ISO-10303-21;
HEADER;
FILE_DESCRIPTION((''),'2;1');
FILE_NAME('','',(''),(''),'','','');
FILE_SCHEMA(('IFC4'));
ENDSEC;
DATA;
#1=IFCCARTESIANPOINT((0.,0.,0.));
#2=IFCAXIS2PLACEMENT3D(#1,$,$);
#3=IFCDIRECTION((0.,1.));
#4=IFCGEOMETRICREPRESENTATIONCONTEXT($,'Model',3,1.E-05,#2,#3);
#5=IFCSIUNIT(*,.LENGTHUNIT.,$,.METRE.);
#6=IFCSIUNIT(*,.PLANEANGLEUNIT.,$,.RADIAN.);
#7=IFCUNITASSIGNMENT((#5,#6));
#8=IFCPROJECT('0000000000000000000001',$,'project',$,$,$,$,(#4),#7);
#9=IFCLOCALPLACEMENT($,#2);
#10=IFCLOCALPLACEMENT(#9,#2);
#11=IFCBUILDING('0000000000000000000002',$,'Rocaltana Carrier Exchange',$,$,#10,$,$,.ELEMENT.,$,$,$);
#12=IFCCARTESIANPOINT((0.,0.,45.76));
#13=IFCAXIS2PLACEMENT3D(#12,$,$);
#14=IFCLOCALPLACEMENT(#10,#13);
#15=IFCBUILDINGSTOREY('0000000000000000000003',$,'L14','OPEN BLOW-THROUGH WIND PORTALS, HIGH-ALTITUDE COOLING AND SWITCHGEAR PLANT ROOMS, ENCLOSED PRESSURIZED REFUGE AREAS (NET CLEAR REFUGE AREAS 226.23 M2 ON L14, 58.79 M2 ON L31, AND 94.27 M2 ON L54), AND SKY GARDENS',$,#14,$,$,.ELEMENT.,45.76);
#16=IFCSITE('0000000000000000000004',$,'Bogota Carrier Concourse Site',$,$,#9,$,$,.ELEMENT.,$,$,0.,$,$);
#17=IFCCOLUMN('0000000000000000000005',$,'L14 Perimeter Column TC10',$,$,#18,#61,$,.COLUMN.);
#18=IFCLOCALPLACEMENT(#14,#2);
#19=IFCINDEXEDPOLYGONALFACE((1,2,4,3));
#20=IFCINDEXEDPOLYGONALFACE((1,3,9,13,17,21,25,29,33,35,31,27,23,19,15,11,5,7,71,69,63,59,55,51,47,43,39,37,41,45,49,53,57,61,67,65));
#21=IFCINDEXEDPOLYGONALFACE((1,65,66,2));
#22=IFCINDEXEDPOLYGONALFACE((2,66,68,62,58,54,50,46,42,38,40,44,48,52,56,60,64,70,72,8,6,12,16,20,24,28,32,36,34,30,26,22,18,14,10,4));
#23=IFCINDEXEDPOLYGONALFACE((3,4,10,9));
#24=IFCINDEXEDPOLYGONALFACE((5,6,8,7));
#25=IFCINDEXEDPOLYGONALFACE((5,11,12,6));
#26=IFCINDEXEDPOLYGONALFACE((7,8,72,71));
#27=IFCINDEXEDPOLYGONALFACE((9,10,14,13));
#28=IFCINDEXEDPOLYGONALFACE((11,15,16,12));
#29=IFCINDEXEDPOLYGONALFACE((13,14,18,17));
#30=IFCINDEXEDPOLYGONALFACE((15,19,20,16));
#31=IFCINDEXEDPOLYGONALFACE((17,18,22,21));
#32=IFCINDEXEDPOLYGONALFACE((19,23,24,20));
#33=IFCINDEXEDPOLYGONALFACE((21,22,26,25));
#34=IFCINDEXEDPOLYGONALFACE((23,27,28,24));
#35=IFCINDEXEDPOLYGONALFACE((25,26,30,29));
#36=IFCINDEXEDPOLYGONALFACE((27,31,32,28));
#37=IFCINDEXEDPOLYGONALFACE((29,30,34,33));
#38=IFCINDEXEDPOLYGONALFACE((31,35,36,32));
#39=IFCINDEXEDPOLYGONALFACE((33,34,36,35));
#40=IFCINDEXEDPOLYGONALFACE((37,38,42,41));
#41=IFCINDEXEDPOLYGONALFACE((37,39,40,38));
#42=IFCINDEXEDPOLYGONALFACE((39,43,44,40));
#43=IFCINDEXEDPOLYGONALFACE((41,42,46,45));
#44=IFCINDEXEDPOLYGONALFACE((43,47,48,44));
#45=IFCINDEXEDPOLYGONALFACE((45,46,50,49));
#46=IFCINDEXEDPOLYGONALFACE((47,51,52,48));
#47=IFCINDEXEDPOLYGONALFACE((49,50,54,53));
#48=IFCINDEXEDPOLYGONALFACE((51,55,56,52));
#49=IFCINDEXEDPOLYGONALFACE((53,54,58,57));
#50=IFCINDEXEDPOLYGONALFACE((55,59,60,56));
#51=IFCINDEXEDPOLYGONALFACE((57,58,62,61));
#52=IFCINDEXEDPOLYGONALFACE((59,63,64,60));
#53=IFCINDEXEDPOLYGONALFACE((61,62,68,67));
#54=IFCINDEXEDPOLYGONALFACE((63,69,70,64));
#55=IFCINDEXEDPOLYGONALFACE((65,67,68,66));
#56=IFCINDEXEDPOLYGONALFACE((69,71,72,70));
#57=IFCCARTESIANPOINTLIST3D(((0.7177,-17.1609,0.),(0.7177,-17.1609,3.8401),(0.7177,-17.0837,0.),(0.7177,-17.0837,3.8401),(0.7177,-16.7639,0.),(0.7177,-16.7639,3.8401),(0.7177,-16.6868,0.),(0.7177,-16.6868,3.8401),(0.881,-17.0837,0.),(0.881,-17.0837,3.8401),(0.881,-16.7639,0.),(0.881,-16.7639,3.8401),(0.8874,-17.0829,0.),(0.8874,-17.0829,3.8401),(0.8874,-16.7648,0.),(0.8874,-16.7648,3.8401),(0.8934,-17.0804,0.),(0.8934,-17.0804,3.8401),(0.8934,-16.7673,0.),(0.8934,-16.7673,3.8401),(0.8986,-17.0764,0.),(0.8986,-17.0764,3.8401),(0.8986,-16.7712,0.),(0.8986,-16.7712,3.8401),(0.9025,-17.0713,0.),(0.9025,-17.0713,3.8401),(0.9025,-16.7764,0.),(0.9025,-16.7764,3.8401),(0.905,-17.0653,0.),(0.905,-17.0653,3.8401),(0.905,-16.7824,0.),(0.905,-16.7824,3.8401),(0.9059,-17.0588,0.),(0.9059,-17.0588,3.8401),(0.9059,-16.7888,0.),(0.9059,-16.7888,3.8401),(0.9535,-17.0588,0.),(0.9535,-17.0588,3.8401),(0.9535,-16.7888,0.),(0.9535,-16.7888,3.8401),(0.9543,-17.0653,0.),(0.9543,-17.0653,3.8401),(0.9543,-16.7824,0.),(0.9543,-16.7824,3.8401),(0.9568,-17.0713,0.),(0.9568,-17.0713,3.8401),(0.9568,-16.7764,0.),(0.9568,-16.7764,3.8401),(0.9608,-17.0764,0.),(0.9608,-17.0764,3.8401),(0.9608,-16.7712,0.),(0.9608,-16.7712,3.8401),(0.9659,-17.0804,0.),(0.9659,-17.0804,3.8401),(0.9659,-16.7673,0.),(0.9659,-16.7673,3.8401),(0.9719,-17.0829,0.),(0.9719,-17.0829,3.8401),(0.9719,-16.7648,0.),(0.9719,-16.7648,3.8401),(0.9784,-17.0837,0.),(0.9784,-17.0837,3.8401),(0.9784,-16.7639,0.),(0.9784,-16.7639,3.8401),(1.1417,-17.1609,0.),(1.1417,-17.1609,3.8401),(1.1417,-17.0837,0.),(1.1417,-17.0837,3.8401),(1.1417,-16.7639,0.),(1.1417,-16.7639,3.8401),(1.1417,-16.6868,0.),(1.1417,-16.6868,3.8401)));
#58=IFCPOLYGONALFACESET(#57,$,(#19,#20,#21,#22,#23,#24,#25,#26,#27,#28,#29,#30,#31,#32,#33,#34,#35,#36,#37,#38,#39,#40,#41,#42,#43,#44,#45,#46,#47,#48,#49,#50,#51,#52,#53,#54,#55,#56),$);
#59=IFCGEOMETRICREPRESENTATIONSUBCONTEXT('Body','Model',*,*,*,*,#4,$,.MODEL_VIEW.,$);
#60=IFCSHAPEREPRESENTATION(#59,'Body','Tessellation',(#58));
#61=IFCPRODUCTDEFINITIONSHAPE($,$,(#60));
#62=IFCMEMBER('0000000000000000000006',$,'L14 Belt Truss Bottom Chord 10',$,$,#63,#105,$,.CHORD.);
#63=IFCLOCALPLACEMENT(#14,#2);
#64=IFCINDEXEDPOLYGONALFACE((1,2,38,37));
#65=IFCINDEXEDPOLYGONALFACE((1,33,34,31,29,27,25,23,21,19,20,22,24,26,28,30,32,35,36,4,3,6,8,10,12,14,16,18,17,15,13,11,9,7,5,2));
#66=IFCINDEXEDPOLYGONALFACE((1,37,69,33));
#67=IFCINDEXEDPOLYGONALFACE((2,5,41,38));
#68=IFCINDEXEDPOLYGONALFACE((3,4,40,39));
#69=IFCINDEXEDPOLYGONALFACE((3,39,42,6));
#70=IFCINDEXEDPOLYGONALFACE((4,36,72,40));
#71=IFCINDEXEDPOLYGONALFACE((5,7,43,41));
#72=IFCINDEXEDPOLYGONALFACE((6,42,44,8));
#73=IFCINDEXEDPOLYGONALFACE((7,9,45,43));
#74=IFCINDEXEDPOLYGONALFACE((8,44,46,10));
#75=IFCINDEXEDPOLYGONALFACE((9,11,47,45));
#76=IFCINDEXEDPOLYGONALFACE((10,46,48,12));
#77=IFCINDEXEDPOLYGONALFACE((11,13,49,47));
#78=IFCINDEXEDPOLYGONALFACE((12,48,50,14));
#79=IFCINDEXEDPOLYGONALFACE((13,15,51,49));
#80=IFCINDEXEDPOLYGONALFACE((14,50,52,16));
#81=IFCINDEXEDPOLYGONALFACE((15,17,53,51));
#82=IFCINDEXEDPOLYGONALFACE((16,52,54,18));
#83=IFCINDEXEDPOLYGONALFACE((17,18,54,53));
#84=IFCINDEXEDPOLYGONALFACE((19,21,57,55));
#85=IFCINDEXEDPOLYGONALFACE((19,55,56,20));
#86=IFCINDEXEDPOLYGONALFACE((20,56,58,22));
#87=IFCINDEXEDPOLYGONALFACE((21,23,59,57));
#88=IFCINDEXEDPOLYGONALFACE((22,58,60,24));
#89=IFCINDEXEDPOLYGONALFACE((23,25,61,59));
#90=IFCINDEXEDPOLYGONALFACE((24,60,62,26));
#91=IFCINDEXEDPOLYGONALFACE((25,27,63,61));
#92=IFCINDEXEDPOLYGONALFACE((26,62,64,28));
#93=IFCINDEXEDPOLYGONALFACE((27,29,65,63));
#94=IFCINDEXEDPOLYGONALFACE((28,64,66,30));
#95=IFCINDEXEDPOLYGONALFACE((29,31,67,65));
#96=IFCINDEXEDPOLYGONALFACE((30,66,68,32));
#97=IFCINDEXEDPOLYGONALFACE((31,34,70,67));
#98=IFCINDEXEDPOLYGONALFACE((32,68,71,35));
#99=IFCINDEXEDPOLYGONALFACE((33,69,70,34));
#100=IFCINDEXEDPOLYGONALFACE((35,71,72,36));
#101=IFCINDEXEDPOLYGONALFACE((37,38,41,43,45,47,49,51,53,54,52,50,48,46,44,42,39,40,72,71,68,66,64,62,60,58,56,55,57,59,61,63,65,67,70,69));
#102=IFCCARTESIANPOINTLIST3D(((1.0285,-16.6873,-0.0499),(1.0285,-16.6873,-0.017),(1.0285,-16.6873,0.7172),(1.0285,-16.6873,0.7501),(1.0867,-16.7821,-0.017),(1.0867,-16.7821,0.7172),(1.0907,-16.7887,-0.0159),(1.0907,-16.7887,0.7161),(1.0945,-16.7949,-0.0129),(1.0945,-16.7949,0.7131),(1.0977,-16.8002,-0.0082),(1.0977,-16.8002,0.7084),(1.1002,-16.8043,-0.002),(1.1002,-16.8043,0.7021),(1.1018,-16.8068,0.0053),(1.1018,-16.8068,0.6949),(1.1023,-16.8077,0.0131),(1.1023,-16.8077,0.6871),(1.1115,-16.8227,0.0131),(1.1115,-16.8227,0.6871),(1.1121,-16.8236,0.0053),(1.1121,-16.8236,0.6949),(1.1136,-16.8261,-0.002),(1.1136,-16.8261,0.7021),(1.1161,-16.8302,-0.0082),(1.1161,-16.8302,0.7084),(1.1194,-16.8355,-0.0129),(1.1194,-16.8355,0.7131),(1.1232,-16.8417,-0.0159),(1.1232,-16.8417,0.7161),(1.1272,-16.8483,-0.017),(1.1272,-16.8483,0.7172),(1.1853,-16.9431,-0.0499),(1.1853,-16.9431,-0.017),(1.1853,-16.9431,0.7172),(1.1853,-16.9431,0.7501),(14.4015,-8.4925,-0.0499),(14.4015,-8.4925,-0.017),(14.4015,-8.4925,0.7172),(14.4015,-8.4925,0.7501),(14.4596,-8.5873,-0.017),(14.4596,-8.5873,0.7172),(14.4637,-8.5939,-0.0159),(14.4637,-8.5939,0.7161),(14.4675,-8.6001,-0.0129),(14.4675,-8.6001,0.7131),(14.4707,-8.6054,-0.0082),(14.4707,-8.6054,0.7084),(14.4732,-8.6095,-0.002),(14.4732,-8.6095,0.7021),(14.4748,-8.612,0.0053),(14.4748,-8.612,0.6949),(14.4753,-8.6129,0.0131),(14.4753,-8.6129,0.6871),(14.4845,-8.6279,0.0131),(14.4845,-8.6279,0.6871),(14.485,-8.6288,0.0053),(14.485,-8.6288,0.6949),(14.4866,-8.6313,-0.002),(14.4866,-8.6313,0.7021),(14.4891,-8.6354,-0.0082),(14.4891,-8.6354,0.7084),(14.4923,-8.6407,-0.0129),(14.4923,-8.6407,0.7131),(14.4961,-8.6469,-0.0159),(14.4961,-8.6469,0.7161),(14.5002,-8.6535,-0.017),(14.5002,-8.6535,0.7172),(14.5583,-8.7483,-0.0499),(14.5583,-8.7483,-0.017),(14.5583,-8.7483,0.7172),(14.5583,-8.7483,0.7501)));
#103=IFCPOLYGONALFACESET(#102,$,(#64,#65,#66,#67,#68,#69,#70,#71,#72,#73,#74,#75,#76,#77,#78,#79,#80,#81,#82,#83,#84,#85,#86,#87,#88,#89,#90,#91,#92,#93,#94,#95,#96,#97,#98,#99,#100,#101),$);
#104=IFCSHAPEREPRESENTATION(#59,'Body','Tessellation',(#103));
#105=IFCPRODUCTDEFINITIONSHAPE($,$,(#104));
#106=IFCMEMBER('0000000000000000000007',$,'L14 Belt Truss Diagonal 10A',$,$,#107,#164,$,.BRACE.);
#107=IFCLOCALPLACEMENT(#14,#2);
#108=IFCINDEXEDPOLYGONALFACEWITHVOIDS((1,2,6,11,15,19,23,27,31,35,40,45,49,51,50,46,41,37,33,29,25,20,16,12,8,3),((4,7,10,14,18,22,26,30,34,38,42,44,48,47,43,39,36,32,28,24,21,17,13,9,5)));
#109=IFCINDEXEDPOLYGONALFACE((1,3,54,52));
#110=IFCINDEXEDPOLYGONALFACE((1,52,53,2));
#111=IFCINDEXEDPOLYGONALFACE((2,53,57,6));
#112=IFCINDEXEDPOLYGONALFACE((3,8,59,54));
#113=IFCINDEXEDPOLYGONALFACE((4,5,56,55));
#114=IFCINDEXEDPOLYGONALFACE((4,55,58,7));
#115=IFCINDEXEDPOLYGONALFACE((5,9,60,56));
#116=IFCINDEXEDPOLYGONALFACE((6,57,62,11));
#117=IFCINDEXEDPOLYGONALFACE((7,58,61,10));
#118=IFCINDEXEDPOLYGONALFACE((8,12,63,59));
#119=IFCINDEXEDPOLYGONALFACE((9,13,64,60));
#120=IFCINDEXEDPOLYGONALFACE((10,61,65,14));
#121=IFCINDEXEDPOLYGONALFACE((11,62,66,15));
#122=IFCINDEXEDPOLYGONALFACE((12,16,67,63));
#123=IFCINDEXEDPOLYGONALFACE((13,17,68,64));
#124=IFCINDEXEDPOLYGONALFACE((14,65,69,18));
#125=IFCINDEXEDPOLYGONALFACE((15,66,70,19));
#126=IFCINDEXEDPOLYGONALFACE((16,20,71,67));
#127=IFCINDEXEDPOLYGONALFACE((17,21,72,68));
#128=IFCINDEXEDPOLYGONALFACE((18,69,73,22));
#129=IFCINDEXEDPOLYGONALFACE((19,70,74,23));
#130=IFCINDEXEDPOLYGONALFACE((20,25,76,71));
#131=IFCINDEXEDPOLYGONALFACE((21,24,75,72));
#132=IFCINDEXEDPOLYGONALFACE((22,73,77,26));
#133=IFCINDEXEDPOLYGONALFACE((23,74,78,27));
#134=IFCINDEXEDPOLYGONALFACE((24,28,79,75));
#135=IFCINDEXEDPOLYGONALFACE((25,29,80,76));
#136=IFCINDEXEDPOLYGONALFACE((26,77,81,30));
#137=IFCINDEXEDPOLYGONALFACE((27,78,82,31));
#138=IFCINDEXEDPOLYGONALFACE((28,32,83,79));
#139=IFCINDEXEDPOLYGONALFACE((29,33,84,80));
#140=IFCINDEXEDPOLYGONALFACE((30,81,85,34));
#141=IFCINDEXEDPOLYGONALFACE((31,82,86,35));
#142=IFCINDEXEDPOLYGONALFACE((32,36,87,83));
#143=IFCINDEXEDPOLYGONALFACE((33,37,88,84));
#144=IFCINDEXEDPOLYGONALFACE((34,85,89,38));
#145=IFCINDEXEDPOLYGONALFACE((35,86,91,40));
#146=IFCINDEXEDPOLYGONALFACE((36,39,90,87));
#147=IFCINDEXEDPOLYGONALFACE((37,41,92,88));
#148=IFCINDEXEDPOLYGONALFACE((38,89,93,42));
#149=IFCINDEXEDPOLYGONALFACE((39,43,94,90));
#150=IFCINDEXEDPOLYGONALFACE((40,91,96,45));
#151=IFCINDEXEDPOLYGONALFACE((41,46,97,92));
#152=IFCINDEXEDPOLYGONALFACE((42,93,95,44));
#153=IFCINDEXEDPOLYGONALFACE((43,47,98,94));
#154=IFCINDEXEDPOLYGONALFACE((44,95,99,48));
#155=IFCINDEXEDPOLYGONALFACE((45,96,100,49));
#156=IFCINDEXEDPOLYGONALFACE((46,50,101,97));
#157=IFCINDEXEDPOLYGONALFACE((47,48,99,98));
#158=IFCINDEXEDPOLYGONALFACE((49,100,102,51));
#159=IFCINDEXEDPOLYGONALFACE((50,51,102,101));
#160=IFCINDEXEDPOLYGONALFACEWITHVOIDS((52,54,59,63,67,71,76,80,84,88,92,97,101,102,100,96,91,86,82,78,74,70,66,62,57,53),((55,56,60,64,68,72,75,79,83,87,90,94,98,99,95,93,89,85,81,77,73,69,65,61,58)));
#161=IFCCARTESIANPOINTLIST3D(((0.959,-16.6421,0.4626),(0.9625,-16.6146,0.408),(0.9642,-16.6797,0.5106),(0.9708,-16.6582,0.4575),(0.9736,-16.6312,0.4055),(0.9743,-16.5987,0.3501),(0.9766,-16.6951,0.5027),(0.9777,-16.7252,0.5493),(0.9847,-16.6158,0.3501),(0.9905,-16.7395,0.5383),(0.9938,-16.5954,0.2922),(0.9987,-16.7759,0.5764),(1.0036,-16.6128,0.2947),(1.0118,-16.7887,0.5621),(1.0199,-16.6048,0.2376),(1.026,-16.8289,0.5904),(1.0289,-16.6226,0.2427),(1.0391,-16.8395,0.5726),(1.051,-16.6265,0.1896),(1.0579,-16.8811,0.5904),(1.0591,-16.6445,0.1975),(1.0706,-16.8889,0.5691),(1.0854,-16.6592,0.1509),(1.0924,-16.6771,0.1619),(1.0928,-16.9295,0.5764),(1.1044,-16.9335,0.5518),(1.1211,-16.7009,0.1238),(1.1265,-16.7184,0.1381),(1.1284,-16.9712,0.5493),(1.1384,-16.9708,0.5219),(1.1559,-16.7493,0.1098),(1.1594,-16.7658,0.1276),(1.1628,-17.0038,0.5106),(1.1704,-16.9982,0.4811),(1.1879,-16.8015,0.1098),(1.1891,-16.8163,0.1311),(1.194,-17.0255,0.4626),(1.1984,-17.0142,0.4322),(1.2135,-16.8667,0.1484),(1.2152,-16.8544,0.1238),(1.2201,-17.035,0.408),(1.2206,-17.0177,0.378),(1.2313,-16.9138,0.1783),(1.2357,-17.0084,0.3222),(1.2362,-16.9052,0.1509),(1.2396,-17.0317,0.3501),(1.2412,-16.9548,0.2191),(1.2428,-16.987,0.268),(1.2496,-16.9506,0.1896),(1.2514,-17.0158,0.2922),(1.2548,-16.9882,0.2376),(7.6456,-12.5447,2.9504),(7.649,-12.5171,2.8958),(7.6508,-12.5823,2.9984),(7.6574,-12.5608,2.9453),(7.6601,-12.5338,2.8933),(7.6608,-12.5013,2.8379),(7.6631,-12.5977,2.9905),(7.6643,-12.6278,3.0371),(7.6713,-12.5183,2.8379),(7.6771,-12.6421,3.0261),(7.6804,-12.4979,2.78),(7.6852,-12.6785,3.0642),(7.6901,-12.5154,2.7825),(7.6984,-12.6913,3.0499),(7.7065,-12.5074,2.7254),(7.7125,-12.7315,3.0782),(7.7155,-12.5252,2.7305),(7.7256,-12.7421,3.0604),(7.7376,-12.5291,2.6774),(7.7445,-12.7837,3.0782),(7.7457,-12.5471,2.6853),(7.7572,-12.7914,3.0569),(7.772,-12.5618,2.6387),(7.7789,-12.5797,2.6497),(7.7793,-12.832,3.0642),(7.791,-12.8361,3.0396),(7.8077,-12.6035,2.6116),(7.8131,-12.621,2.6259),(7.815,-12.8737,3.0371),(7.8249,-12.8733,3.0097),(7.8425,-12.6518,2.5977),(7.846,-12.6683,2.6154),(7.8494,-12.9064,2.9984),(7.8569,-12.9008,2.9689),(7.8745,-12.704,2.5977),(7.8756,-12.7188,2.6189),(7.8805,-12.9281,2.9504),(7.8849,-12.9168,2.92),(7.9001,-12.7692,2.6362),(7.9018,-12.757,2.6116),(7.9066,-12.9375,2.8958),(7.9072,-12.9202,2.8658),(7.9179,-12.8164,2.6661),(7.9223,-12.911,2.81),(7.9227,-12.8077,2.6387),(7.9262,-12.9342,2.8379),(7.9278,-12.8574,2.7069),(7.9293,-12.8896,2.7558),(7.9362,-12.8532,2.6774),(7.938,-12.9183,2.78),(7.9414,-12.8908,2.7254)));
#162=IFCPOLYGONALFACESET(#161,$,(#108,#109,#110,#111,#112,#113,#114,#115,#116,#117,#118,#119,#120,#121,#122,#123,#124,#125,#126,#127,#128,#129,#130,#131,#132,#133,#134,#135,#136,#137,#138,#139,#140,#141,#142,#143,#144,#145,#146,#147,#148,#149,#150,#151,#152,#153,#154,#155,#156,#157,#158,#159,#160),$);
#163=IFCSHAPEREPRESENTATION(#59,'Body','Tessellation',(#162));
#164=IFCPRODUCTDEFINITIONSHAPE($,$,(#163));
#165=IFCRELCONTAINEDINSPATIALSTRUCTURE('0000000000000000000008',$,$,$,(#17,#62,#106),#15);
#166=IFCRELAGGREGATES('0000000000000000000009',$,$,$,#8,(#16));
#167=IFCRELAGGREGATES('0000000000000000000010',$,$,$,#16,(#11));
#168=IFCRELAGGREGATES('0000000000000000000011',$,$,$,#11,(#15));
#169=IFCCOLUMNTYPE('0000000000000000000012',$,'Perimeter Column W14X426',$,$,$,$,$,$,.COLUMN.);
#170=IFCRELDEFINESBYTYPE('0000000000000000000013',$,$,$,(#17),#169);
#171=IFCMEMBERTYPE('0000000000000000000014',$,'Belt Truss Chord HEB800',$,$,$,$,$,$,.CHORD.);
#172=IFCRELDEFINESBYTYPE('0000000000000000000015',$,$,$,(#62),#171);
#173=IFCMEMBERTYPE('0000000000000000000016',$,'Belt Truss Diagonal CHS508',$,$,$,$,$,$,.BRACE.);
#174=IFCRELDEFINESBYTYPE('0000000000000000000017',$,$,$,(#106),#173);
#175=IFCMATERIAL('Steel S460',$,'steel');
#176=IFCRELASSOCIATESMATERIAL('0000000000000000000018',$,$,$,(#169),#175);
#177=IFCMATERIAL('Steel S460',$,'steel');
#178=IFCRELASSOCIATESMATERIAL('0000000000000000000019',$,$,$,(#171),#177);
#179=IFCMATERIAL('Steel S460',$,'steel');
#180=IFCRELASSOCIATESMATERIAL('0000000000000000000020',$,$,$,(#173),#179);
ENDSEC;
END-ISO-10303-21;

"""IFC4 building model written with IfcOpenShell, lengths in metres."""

from ifc_helpers import new_model, si_unit, direction, frame, origin, origin_2d, place, context, subcontext, project, spatial, hollow_circle, i_section, extrude, material, material_profile, profile_set, type_object, element, save


model = new_model("IFC4")

# Units and contexts
model_context = context("Model", 3, precision=1e-05, world=origin(), true_north=direction((0.0, 1.0)))
body_context = subcontext(model_context, "Body", "Model", "MODEL_VIEW")
ifc_project = project(units=[si_unit("LENGTHUNIT", "METRE"), si_unit("PLANEANGLEUNIT", "RADIAN")], contexts=[model_context])

# Site, building, storey
site_placement = place(None, origin())
site = spatial("IfcSite", under=ifc_project, at=site_placement, Name="Bogota Carrier Concourse Site", CompositionType="ELEMENT", RefElevation=0.0)
building_placement = place(site_placement, origin())
building = spatial("IfcBuilding", under=site, at=building_placement, Name="Rocaltana Carrier Exchange", CompositionType="ELEMENT")
storey_placement = place(building_placement, frame((0.0, 0.0, 45.76)))
storey = spatial("IfcBuildingStorey", under=building, at=storey_placement, Name="L14", Description="OPEN BLOW-THROUGH WIND PORTALS, HIGH-ALTITUDE COOLING AND SWITCHGEAR PLANT ROOMS, ENCLOSED PRESSURIZED REFUGE AREAS (NET CLEAR REFUGE AREAS 226.23 M2 ON L14, 58.79 M2 ON L31, AND 94.27 M2 ON L54), AND SKY GARDENS", CompositionType="ELEMENT", Elevation=45.76)

# Column
ifc_material_1 = material(Name="Steel S460", Category="steel")
ifc_material_profile_1 = material_profile(ifc_material_1, i_section(OverallWidth=0.4241, OverallDepth=0.4741, WebThickness=0.0476, FlangeThickness=0.0771, FilletRadius=0.0249, at=origin_2d()), Name="W14X426")
ifc_profile_set_1 = profile_set([ifc_material_profile_1], Name="Steel S460")
column_type = type_object("IfcColumnType", Name="Perimeter Column W14X426", PredefinedType="COLUMN", material=ifc_profile_set_1)
column_placement = place(storey_placement, frame((0.9297, -16.9238, 0.0), z_axis=(0.0, 0.0, 1.0), x_axis=(1.0, 0.0, 0.0)))
element("IfcColumn", 1, at=column_placement, inside=storey, type_object=column_type, Name="L14 Perimeter Column TC10", PredefinedType="COLUMN", context=body_context, shape_type="SweptSolid", body=[
    extrude(i_section(OverallWidth=0.4241, OverallDepth=0.4741, WebThickness=0.0476, FlangeThickness=0.0771, FilletRadius=0.0249, at=origin_2d()), origin(), (0.0, 0.0, 1.0), 3.8401),
])

# Members
ifc_material_2 = material(Name="Steel S460", Category="steel")
ifc_material_profile_2 = material_profile(ifc_material_2, i_section(OverallWidth=0.3, OverallDepth=0.8, WebThickness=0.0176, FlangeThickness=0.033, FilletRadius=0.03, at=origin_2d()), Name="HEB800")
ifc_profile_set_2 = profile_set([ifc_material_profile_2], Name="Steel S460")
member_type_1 = type_object("IfcMemberType", Name="Belt Truss Chord HEB800", PredefinedType="CHORD", material=ifc_profile_set_2)
member_1_placement = place(storey_placement, frame((1.1069, -16.8152, 0.3501), z_axis=(0.852646, 0.52249, 0.0), x_axis=(-0.52249, 0.852646, 0.0)))
element("IfcMember", 2, at=member_1_placement, inside=storey, type_object=member_type_1, Name="L14 Belt Truss Bottom Chord 10", PredefinedType="CHORD", context=body_context, shape_type="SweptSolid", body=[
    extrude(i_section(OverallWidth=0.3, OverallDepth=0.8, WebThickness=0.0176, FlangeThickness=0.033, FilletRadius=0.03, at=origin_2d()), origin(), (0.0, 0.0, 1.0), 15.6841),
])
ifc_material_3 = material(Name="Steel S460", Category="steel")
ifc_material_profile_3 = material_profile(ifc_material_3, hollow_circle(Radius=0.2539, WallThickness=0.02, at=origin_2d()), Name="CHS508X20")
ifc_profile_set_3 = profile_set([ifc_material_profile_3], Name="Steel S460")
member_type_2 = type_object("IfcMemberType", Name="Belt Truss Diagonal CHS508", PredefinedType="BRACE", material=ifc_profile_set_3)
member_2_placement = place(storey_placement, frame((1.1069, -16.8152, 0.3501), z_axis=(0.81273, 0.49803, 0.302385), x_axis=(-0.52249, 0.852646, 0.0)))
element("IfcMember", 3, at=member_2_placement, inside=storey, type_object=member_type_2, Name="L14 Belt Truss Diagonal 10A", PredefinedType="BRACE", context=body_context, shape_type="SweptSolid", body=[
    extrude(hollow_circle(Radius=0.2539, WallThickness=0.02, at=origin_2d()), origin(), (0.0, 0.0, 1.0), 8.2273),
])

save(model, "model.ifc")
